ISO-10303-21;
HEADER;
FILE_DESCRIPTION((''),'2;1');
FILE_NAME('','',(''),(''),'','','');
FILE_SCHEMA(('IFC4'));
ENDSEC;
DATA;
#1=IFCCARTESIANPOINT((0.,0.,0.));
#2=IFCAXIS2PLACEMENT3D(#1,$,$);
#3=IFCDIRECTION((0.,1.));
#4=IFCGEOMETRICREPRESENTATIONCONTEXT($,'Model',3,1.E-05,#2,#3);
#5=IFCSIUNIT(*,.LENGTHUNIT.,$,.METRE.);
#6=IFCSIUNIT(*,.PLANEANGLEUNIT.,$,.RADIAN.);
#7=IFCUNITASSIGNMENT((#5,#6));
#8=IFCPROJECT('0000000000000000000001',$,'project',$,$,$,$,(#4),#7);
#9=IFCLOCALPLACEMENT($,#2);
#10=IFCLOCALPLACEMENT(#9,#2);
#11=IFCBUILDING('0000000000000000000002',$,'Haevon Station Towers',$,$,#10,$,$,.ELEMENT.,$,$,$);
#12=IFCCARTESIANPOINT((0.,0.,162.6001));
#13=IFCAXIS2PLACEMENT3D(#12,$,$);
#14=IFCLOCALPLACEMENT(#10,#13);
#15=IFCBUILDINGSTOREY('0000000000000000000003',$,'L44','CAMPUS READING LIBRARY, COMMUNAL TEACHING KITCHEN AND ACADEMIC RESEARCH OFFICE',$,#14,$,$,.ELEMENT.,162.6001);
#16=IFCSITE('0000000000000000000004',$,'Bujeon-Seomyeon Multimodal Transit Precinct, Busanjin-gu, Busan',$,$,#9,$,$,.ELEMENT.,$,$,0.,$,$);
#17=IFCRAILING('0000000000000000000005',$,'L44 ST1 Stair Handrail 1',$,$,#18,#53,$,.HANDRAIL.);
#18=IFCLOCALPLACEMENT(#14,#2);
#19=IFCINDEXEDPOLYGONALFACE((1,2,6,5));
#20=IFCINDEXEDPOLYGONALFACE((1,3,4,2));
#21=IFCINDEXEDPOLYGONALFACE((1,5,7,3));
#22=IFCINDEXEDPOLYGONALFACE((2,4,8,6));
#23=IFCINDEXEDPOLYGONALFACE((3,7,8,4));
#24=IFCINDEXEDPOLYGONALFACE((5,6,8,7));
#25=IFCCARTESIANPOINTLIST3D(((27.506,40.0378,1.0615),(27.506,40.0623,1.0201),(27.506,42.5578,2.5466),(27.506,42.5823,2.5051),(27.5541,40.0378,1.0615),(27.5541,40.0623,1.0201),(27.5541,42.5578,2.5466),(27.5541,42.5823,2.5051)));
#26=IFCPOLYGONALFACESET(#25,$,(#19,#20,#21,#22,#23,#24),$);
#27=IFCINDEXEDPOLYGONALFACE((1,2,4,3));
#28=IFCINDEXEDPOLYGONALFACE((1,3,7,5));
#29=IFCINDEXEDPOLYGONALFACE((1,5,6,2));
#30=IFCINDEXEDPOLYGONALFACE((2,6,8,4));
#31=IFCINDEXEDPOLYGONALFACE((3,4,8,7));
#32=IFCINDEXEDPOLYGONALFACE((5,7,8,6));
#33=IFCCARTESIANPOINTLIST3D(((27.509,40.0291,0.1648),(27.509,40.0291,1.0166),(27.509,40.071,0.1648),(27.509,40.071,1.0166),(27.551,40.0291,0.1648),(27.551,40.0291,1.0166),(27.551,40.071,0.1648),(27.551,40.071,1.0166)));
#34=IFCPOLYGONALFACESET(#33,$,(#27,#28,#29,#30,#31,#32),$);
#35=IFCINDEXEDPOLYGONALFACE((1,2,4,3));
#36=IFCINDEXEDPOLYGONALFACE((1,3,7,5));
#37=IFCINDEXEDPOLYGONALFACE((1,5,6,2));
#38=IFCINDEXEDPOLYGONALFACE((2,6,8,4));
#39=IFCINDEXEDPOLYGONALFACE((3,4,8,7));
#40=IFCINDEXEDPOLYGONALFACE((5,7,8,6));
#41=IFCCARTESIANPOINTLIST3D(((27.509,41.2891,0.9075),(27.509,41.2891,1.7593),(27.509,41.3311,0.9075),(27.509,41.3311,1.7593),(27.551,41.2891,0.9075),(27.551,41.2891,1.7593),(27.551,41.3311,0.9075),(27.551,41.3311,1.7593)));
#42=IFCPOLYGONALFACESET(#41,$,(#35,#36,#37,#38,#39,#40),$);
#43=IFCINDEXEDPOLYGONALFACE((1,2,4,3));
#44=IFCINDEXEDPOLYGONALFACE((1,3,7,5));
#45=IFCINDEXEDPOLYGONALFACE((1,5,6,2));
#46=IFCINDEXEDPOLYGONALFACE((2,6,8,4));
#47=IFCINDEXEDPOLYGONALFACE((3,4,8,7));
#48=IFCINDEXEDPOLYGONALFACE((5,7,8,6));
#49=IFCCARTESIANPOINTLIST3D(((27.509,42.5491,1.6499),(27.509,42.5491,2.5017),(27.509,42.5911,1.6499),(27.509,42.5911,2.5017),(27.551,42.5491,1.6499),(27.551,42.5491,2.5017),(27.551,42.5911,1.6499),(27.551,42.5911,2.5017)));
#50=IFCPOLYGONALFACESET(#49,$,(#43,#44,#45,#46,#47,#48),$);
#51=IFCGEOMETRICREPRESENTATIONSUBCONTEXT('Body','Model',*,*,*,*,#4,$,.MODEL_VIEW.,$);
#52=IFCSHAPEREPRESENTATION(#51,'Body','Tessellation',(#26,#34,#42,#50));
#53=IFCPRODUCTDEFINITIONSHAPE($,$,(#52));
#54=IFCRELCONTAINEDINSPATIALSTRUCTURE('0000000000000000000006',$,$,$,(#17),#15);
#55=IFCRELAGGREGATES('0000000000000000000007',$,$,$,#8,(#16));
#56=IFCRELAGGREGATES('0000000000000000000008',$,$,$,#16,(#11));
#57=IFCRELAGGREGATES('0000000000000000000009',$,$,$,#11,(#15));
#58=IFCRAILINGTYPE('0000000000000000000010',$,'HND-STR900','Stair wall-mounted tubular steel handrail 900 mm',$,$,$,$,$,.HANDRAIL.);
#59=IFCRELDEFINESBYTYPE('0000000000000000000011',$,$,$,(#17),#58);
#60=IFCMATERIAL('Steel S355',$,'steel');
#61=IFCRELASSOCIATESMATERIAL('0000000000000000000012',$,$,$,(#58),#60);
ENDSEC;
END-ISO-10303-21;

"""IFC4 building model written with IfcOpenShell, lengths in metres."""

from ifc_helpers import new_model, si_unit, direction, frame, origin, origin_2d, place, context, subcontext, project, spatial, rectangle, extrude, material, type_object, element, save


model = new_model("IFC4")

# Units and contexts
model_context = context("Model", 3, precision=1e-05, world=origin(), true_north=direction((0.0, 1.0)))
body_context = subcontext(model_context, "Body", "Model", "MODEL_VIEW")
ifc_project = project(units=[si_unit("LENGTHUNIT", "METRE"), si_unit("PLANEANGLEUNIT", "RADIAN")], contexts=[model_context])

# Site, building, storey
site_placement = place(None, origin())
site = spatial("IfcSite", under=ifc_project, at=site_placement, Name="Bujeon-Seomyeon Multimodal Transit Precinct, Busanjin-gu, Busan", CompositionType="ELEMENT", RefElevation=0.0)
building_placement = place(site_placement, origin())
building = spatial("IfcBuilding", under=site, at=building_placement, Name="Haevon Station Towers", CompositionType="ELEMENT")
storey_placement = place(building_placement, frame((0.0, 0.0, 162.6001)))
storey = spatial("IfcBuildingStorey", under=building, at=storey_placement, Name="L44", Description="CAMPUS READING LIBRARY, COMMUNAL TEACHING KITCHEN AND ACADEMIC RESEARCH OFFICE", CompositionType="ELEMENT", Elevation=162.6001)

# Shared definitions
ifc_material_1 = material(Name="Steel S355", Category="steel")

# Railing
railing_type_1 = type_object("IfcRailingType", Name="HND-STR900", Description="Stair wall-mounted tubular steel handrail 900 mm", PredefinedType="HANDRAIL", material=ifc_material_1)
railing_1_placement = place(storey_placement, frame((27.53, 40.05, 0.1648)))
element("IfcRailing", 1, at=railing_1_placement, inside=storey, type_object=railing_type_1, Name="L44 ST1 Stair Handrail 1", PredefinedType="HANDRAIL", context=body_context, shape_type="SweptSolid", body=[
    extrude(rectangle(XDim=0.0481, YDim=0.0481, at=origin_2d()), frame((0.0, 0.0, 0.876), z_axis=(0.0, 0.861524, 0.507717), x_axis=(-1.0, 0.0, 0.0)), (0.0, 0.0, 1.0), 2.925),
    extrude(rectangle(XDim=0.042, YDim=0.042, at=origin_2d()), origin(), (0.0, 0.0, 1.0), 0.8518),
    extrude(rectangle(XDim=0.042, YDim=0.042, at=origin_2d()), frame((0.0, 1.26, 0.7427)), (0.0, 0.0, 1.0), 0.8518),
    extrude(rectangle(XDim=0.042, YDim=0.042, at=origin_2d()), frame((0.0, 2.52, 1.4851)), (0.0, 0.0, 1.0), 0.8518),
])

save(model, "model.ifc")
